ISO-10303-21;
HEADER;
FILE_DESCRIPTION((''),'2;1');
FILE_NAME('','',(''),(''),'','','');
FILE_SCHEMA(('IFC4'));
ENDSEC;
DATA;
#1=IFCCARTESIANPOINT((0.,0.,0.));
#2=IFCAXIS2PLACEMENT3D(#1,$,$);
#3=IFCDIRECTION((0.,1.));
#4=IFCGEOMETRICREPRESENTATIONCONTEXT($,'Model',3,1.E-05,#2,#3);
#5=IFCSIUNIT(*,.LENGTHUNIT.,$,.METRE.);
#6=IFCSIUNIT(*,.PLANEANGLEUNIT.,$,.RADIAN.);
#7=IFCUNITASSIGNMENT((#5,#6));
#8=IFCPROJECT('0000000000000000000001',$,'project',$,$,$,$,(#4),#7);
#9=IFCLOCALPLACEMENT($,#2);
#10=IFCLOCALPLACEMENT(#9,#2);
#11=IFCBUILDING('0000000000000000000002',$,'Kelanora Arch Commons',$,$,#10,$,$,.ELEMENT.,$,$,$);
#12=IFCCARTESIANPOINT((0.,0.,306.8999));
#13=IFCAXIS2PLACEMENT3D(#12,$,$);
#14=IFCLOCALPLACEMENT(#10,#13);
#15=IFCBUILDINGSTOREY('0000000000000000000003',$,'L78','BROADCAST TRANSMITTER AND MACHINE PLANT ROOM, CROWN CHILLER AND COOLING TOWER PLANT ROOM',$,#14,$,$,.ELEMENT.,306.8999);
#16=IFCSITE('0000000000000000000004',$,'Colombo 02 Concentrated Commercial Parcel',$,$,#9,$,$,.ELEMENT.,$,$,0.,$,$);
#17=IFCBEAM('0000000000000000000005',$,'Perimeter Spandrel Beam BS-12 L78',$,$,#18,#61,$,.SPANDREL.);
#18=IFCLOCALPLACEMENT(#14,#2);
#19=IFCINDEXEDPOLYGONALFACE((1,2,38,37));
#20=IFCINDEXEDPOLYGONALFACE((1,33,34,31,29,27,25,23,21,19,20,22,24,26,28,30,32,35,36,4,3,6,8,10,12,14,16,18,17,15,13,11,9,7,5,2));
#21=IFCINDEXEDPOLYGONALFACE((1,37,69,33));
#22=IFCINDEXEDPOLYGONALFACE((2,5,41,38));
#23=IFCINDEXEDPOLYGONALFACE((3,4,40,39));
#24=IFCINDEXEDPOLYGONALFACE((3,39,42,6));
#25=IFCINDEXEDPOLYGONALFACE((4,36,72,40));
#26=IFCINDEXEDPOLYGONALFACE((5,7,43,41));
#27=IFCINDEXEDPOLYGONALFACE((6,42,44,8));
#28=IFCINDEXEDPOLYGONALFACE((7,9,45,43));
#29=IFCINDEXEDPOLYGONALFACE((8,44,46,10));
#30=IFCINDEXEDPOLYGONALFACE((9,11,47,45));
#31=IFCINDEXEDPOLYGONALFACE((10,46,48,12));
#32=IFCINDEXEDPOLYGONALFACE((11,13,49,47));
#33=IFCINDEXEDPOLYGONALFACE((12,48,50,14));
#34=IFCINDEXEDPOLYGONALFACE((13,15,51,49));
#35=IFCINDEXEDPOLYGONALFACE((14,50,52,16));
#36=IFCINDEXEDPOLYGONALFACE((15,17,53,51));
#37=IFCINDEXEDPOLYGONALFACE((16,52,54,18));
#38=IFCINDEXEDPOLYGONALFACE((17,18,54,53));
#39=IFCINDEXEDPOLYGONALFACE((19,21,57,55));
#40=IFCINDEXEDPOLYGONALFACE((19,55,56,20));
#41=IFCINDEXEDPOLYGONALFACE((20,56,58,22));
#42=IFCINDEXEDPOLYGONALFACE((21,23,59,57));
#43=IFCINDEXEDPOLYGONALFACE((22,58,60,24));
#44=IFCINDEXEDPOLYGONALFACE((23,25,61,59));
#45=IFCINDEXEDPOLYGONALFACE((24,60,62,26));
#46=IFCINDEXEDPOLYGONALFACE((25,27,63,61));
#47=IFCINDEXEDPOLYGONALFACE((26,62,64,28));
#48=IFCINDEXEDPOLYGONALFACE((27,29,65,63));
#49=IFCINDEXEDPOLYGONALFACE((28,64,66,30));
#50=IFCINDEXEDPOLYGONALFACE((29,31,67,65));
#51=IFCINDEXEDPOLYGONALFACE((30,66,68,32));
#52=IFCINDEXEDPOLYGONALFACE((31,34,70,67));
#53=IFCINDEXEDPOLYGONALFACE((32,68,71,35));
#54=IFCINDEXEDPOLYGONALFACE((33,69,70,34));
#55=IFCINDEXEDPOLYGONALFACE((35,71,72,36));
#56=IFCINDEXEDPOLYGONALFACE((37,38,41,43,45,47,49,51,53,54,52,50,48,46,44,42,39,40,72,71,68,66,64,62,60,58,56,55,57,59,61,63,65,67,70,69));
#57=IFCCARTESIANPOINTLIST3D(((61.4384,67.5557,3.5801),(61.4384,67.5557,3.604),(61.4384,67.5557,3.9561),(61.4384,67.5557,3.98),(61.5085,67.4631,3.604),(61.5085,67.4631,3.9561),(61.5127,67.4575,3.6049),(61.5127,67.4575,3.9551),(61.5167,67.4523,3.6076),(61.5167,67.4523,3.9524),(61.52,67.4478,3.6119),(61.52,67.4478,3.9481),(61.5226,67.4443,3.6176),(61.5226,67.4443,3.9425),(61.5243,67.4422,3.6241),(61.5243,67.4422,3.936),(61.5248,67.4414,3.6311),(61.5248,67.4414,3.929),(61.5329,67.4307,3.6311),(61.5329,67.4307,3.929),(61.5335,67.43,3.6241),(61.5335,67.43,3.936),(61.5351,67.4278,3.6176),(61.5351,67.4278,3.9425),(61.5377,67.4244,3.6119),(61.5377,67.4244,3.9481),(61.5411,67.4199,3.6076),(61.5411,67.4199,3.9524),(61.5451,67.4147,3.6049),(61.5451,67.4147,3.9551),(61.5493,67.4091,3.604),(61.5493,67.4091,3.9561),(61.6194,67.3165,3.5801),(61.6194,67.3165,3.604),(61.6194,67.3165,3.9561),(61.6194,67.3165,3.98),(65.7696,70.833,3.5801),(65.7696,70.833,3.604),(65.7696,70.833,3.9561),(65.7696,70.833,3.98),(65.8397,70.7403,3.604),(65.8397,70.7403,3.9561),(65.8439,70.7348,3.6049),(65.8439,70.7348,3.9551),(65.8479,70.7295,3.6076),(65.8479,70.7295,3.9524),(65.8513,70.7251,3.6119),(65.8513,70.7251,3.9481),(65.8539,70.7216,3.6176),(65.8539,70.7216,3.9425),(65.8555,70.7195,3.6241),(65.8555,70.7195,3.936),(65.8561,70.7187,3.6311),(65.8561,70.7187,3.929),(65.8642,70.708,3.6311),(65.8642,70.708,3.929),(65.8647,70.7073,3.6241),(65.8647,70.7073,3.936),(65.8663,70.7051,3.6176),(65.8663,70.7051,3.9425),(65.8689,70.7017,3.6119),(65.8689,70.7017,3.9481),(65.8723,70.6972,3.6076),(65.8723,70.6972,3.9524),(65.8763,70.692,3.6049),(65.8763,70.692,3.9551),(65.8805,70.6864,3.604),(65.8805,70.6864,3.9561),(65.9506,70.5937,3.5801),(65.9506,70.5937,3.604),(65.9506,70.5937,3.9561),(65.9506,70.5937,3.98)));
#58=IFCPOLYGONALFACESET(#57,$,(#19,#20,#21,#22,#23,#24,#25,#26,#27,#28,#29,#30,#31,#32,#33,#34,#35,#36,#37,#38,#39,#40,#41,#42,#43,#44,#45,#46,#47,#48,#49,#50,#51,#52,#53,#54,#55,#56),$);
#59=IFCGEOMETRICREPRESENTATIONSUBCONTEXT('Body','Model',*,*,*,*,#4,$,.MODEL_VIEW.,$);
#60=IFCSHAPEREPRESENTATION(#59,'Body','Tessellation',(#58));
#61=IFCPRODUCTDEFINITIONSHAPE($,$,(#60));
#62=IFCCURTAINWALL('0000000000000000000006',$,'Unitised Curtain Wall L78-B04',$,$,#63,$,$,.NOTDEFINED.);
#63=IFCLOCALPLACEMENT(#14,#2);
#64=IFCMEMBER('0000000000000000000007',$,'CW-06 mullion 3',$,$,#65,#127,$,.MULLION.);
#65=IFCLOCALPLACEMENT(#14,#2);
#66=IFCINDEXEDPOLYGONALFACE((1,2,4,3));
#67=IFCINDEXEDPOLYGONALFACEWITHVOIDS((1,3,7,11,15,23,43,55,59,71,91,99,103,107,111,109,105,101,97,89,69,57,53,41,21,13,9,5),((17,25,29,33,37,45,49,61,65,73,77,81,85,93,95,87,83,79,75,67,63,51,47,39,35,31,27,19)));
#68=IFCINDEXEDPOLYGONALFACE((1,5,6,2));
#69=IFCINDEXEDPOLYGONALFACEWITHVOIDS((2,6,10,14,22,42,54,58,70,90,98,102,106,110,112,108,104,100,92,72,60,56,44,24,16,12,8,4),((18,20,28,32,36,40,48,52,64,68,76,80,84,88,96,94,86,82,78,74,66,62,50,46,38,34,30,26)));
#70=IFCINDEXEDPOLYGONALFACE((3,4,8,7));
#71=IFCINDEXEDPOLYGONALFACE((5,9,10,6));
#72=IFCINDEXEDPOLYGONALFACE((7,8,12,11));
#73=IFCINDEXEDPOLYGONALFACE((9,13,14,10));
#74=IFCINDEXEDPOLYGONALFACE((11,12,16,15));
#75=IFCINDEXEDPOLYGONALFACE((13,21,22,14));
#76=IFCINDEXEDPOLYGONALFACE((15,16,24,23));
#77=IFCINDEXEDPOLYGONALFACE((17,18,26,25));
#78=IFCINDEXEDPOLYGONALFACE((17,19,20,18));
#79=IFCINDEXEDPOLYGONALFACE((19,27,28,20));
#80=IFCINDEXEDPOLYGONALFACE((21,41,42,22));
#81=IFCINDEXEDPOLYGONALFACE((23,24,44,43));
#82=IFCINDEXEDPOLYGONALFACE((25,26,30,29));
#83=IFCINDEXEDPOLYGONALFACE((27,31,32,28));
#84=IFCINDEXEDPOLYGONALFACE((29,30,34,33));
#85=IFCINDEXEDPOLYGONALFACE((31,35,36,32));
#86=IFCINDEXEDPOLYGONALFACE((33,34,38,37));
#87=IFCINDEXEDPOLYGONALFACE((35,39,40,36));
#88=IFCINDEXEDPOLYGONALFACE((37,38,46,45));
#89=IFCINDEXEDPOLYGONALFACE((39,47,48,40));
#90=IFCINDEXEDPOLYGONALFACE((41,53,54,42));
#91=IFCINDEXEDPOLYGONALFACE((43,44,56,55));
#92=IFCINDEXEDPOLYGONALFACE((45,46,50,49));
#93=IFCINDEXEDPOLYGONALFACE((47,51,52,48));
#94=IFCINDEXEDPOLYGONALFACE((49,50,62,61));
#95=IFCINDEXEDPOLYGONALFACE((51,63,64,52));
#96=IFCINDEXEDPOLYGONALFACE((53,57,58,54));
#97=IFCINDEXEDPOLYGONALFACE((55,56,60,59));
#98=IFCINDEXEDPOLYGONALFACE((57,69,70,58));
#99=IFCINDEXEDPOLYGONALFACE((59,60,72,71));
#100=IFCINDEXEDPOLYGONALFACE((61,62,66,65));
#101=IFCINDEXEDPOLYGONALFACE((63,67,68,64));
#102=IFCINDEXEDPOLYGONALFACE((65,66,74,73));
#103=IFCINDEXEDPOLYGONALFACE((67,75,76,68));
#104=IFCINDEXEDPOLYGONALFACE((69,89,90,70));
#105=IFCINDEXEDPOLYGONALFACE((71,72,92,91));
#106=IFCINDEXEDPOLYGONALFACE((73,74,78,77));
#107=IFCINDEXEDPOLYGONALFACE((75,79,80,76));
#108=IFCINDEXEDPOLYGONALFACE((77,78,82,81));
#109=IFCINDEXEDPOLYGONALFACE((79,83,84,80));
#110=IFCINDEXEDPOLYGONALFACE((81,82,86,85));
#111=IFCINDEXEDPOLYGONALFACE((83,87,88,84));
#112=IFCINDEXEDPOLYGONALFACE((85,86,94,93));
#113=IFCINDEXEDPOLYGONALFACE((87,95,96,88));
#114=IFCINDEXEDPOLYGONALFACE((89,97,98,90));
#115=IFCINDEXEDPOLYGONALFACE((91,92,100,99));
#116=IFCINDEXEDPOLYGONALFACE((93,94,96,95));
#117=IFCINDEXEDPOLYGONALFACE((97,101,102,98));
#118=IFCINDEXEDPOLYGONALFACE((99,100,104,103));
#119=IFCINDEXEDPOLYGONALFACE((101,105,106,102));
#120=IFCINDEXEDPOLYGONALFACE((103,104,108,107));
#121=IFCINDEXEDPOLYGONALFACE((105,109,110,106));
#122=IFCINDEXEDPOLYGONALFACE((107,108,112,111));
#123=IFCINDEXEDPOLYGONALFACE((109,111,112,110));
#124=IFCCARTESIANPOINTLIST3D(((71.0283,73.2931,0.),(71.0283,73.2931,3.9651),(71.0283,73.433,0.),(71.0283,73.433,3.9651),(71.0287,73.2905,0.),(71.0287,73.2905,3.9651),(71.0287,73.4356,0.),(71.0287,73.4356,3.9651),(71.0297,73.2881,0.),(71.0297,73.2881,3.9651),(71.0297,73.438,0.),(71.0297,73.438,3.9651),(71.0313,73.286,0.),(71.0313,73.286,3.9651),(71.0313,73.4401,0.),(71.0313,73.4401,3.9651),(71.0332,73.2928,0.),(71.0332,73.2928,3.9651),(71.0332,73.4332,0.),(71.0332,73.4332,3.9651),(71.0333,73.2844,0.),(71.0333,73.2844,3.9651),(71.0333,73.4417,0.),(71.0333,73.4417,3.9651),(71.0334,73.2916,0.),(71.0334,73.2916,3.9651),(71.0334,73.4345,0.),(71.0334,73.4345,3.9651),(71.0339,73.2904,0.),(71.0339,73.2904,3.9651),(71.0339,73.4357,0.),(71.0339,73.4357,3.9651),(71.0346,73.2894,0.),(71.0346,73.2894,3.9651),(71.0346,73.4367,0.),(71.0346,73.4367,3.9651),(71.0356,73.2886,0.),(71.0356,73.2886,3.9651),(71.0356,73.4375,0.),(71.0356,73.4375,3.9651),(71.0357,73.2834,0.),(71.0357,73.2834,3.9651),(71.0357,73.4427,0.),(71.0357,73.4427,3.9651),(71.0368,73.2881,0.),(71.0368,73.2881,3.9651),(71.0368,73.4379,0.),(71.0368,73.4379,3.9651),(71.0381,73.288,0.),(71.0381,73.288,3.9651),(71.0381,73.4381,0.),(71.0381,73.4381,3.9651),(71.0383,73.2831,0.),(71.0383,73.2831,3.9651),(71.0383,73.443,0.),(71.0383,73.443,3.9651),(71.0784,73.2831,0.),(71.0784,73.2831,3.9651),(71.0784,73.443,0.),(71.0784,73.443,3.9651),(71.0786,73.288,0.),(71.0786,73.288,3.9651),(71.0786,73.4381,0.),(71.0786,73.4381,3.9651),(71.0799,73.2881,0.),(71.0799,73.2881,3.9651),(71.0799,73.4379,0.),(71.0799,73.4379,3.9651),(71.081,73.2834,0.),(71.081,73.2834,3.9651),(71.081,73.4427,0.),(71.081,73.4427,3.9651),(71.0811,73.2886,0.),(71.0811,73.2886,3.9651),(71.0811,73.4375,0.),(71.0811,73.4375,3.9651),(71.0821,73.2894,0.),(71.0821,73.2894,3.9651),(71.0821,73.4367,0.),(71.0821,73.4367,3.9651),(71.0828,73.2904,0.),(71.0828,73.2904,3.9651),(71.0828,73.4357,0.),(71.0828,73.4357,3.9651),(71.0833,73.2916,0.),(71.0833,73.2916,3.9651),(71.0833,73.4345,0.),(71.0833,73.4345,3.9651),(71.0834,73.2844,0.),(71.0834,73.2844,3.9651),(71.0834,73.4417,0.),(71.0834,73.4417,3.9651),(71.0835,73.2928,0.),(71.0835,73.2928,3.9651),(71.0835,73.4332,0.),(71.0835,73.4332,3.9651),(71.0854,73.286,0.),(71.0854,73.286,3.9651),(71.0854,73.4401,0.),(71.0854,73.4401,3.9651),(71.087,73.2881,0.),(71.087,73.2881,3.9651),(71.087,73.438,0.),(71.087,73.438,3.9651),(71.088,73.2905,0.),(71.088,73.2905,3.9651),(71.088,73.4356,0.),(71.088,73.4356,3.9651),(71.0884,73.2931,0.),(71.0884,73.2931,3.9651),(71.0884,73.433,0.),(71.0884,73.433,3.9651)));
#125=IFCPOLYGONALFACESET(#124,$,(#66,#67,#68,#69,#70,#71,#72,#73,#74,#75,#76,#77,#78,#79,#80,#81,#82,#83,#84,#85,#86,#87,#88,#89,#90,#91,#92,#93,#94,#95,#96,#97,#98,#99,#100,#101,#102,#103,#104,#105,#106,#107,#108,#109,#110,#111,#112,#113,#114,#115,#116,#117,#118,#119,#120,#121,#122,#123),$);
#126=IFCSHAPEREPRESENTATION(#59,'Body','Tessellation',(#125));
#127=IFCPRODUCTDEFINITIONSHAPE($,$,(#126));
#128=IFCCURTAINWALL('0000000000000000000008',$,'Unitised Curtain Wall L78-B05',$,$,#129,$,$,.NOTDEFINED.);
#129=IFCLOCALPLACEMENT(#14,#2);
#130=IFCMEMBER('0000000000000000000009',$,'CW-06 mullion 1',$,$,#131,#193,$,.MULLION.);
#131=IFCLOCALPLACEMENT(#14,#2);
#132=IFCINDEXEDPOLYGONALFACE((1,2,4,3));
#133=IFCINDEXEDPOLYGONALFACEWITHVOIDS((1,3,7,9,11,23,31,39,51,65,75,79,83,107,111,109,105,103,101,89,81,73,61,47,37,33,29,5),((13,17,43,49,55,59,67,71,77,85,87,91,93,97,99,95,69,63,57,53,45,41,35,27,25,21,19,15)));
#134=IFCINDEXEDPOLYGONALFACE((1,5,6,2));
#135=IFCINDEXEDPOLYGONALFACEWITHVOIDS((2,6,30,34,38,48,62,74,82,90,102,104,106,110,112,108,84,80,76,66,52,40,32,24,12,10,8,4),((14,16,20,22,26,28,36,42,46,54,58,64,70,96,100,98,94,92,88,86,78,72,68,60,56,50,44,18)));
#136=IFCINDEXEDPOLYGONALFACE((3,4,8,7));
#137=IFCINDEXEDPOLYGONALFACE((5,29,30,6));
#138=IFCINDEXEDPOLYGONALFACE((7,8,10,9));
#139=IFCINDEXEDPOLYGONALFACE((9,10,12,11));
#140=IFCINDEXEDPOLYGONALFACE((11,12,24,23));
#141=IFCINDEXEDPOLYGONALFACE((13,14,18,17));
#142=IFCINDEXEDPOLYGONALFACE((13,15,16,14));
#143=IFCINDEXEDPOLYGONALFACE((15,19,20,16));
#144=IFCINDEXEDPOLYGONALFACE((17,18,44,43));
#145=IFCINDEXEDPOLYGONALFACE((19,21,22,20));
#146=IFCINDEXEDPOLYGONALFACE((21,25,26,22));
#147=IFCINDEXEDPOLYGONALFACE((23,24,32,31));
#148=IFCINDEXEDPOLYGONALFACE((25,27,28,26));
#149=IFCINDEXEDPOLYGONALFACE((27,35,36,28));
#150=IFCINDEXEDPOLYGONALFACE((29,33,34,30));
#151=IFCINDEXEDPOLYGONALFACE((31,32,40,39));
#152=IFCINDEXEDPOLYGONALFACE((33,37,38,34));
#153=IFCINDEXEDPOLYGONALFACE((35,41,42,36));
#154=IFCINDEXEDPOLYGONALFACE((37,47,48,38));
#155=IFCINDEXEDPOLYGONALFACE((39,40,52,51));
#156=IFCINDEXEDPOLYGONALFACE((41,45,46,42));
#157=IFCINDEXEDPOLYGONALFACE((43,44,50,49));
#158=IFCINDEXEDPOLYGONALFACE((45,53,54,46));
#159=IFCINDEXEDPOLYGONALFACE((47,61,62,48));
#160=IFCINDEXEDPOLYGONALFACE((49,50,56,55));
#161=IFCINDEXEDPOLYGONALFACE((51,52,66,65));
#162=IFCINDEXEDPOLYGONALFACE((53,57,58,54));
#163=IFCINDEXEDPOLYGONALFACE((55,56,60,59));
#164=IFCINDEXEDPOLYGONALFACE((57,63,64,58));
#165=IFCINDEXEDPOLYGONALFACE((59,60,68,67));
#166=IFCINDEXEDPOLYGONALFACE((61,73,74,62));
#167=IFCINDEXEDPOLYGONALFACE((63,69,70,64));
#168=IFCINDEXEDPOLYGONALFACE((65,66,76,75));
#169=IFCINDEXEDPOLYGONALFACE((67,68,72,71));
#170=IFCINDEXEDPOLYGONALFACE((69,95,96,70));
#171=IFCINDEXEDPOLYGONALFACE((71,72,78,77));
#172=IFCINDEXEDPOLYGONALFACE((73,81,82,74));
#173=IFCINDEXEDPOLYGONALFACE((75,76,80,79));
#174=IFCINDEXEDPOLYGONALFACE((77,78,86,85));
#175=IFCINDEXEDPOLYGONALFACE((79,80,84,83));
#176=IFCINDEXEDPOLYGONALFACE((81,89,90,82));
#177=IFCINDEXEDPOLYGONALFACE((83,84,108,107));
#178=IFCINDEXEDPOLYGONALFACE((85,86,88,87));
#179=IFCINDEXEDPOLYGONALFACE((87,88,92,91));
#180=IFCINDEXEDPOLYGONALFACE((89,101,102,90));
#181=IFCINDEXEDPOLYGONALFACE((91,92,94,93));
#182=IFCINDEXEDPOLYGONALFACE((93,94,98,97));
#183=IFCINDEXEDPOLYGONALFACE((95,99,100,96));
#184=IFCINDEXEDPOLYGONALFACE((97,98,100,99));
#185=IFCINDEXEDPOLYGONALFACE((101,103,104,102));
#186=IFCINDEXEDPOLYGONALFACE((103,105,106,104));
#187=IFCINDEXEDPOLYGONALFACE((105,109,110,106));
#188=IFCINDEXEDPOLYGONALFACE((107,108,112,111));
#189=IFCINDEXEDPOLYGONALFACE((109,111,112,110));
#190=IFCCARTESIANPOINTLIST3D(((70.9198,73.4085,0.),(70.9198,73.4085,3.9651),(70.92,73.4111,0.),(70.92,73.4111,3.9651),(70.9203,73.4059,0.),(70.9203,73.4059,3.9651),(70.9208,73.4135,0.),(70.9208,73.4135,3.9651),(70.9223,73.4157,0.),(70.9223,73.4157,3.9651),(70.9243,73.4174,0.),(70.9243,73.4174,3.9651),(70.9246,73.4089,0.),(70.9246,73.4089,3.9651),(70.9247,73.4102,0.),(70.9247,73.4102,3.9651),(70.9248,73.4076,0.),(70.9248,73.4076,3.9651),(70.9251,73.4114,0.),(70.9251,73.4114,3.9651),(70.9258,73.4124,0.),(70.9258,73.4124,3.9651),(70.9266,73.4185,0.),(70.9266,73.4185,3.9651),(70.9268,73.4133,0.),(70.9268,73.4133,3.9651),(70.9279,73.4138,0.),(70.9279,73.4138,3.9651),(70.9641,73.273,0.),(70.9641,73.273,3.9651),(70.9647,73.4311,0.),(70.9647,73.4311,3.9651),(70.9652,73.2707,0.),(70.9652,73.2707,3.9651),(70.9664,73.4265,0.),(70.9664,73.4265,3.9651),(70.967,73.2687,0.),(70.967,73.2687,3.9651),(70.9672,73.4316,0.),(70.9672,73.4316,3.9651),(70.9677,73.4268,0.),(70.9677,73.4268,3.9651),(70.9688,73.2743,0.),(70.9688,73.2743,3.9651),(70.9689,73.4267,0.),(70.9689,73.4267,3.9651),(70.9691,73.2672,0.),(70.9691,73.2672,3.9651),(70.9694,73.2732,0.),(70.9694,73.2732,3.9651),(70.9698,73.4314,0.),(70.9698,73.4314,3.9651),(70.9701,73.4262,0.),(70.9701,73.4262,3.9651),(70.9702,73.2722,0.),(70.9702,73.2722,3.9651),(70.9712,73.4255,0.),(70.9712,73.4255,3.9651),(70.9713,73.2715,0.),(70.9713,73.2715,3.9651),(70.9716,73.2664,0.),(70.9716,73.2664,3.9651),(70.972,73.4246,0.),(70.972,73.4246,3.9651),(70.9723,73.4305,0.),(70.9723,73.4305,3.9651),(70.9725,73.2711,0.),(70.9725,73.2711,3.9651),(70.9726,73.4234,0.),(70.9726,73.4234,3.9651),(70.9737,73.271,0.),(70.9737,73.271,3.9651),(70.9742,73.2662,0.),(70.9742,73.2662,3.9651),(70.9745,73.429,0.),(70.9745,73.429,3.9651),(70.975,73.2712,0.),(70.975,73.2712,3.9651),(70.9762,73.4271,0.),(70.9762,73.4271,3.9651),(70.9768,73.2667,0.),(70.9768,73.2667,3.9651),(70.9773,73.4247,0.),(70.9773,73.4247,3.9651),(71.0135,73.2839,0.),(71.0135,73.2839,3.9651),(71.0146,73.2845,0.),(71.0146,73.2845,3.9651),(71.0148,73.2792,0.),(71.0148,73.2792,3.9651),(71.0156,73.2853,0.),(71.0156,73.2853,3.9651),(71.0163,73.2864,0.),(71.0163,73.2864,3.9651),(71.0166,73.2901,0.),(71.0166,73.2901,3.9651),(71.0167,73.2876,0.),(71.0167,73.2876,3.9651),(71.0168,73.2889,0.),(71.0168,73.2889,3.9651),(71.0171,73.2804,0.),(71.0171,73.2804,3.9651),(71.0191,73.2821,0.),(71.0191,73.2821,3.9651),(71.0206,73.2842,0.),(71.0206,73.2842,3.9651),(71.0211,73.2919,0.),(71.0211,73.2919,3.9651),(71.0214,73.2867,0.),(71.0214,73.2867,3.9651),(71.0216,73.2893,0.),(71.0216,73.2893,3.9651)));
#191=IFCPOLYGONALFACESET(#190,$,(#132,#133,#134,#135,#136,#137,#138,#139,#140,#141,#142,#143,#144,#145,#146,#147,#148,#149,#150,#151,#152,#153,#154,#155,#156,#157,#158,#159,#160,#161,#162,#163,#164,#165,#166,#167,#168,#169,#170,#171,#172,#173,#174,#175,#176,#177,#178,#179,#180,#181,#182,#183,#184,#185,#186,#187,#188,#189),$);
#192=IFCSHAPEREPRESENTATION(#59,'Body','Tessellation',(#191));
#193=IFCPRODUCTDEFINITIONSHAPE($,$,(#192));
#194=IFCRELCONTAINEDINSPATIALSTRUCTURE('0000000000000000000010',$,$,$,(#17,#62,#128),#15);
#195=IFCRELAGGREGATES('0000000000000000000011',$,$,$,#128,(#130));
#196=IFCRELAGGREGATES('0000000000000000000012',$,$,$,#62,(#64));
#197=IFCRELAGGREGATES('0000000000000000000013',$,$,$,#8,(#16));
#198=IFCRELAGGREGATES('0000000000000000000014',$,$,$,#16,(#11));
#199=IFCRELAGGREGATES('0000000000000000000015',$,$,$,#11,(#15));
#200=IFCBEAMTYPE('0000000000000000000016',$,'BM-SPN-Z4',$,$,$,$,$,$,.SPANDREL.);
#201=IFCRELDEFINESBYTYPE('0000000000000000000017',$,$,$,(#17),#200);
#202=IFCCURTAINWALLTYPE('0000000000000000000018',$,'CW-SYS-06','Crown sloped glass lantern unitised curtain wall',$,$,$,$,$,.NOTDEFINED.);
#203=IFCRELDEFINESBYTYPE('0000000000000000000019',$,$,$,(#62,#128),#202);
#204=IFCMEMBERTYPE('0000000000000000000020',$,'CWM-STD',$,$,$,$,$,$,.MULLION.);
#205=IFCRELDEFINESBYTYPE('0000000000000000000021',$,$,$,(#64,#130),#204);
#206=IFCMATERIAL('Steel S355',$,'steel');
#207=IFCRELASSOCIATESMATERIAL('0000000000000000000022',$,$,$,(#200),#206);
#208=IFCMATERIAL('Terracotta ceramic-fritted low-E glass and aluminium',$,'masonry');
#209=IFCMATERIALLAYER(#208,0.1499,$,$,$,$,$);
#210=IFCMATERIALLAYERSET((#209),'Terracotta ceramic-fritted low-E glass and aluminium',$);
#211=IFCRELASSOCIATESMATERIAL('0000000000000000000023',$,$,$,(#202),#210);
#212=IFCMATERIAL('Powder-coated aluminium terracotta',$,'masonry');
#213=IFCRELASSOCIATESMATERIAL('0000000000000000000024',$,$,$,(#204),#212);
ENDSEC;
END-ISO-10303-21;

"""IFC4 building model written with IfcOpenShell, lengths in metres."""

from ifc_helpers import new_model, si_unit, direction, frame, origin, origin_2d, place, context, subcontext, project, spatial, hollow_rectangle, i_section, extrude, material, layer, layer_set, material_profile, profile_set, type_object, element, aggregate, save


model = new_model("IFC4")

# Units and contexts
model_context = context("Model", 3, precision=1e-05, world=origin(), true_north=direction((0.0, 1.0)))
body_context = subcontext(model_context, "Body", "Model", "MODEL_VIEW")
ifc_project = project(units=[si_unit("LENGTHUNIT", "METRE"), si_unit("PLANEANGLEUNIT", "RADIAN")], contexts=[model_context])

# Site, building, storey
site_placement = place(None, origin())
site = spatial("IfcSite", under=ifc_project, at=site_placement, Name="Colombo 02 Concentrated Commercial Parcel", CompositionType="ELEMENT", RefElevation=0.0)
building_placement = place(site_placement, origin())
building = spatial("IfcBuilding", under=site, at=building_placement, Name="Kelanora Arch Commons", CompositionType="ELEMENT")
storey_placement = place(building_placement, frame((0.0, 0.0, 306.8999)))
storey = spatial("IfcBuildingStorey", under=building, at=storey_placement, Name="L78", Description="BROADCAST TRANSMITTER AND MACHINE PLANT ROOM, CROWN CHILLER AND COOLING TOWER PLANT ROOM", CompositionType="ELEMENT", Elevation=306.8999)

# Beam
ifc_material_1 = material(Name="Steel S355", Category="steel")
ifc_material_profile_1 = material_profile(ifc_material_1, i_section(OverallWidth=0.3, OverallDepth=0.3999, WebThickness=0.0134, FlangeThickness=0.0239, FilletRadius=0.0271, at=origin_2d()), Name="HEB400")
ifc_profile_set_1 = profile_set([ifc_material_profile_1], Name="Steel S355")
beam_type_1 = type_object("IfcBeamType", Name="BM-SPN-Z4", PredefinedType="SPANDREL", material=ifc_profile_set_1)
beam_1_placement = place(storey_placement, frame((65.8601, 70.7134, 3.78), z_axis=(-0.797441, -0.603396, 0.0), x_axis=(0.603396, -0.797441, 0.0)))
element("IfcBeam", 1, at=beam_1_placement, inside=storey, type_object=beam_type_1, Name="Perimeter Spandrel Beam BS-12 L78", PredefinedType="SPANDREL", context=body_context, shape_type="SweptSolid", body=[
    extrude(i_section(OverallWidth=0.3, OverallDepth=0.3999, WebThickness=0.0134, FlangeThickness=0.0239, FilletRadius=0.0271, at=origin_2d()), origin(), (0.0, 0.0, 1.0), 5.4314),
])

# Curtain wall, member
ifc_material_2 = material(Name="Terracotta ceramic-fritted low-E glass and aluminium", Category="masonry")
ifc_layer_1 = layer(ifc_material_2, 0.1499)
ifc_layer_set_1 = layer_set([ifc_layer_1], Name="Terracotta ceramic-fritted low-E glass and aluminium")
curtain_wall_type = type_object("IfcCurtainWallType", Name="CW-SYS-06", Description="Crown sloped glass lantern unitised curtain wall", PredefinedType="NOTDEFINED", material=ifc_layer_set_1)
curtain_wall_1_placement = place(storey_placement, origin())
curtain_wall_1 = element("IfcCurtainWall", 2, at=curtain_wall_1_placement, inside=storey, type_object=curtain_wall_type, Name="Unitised Curtain Wall L78-B04", PredefinedType="NOTDEFINED")
ifc_material_3 = material(Name="Powder-coated aluminium terracotta", Category="masonry")
ifc_material_profile_2 = material_profile(ifc_material_3, hollow_rectangle(XDim=0.1599, YDim=0.0601, WallThickness=0.0049, InnerFilletRadius=0.0049, OuterFilletRadius=0.01, at=origin_2d()), Name="CWM160x60")
ifc_profile_set_2 = profile_set([ifc_material_profile_2], Name="Powder-coated aluminium terracotta")
member_type_1 = type_object("IfcMemberType", Name="CWM-STD", PredefinedType="MULLION", material=ifc_profile_set_2)
member_1_placement = place(storey_placement, frame((71.0583, 73.363, 0.0), z_axis=(0.0, 0.0, 1.0), x_axis=(0.0, -1.0, 0.0)))
member_1 = element("IfcMember", 3, at=member_1_placement, type_object=member_type_1, Name="CW-06 mullion 3", PredefinedType="MULLION", context=body_context, shape_type="SweptSolid", body=[
    extrude(hollow_rectangle(XDim=0.1599, YDim=0.0601, WallThickness=0.0049, InnerFilletRadius=0.0049, OuterFilletRadius=0.01, at=origin_2d()), origin(), (0.0, 0.0, 1.0), 3.9651),
])

# Curtain wall, member
curtain_wall_2_placement = place(storey_placement, origin())
curtain_wall_2 = element("IfcCurtainWall", 4, at=curtain_wall_2_placement, inside=storey, type_object=curtain_wall_type, Name="Unitised Curtain Wall L78-B05", PredefinedType="NOTDEFINED")
member_2_placement = place(storey_placement, frame((70.9707, 73.3489, 0.0), z_axis=(0.0, 0.0, 1.0), x_axis=(0.313467, -0.949599, 0.0)))
member_2 = element("IfcMember", 5, at=member_2_placement, type_object=member_type_1, Name="CW-06 mullion 1", PredefinedType="MULLION", context=body_context, shape_type="SweptSolid", body=[
    extrude(hollow_rectangle(XDim=0.1599, YDim=0.0601, WallThickness=0.0049, InnerFilletRadius=0.0049, OuterFilletRadius=0.01, at=origin_2d()), origin(), (0.0, 0.0, 1.0), 3.9651),
])

aggregate(curtain_wall_2, [member_2])
aggregate(curtain_wall_1, [member_1])

save(model, "model.ifc")
